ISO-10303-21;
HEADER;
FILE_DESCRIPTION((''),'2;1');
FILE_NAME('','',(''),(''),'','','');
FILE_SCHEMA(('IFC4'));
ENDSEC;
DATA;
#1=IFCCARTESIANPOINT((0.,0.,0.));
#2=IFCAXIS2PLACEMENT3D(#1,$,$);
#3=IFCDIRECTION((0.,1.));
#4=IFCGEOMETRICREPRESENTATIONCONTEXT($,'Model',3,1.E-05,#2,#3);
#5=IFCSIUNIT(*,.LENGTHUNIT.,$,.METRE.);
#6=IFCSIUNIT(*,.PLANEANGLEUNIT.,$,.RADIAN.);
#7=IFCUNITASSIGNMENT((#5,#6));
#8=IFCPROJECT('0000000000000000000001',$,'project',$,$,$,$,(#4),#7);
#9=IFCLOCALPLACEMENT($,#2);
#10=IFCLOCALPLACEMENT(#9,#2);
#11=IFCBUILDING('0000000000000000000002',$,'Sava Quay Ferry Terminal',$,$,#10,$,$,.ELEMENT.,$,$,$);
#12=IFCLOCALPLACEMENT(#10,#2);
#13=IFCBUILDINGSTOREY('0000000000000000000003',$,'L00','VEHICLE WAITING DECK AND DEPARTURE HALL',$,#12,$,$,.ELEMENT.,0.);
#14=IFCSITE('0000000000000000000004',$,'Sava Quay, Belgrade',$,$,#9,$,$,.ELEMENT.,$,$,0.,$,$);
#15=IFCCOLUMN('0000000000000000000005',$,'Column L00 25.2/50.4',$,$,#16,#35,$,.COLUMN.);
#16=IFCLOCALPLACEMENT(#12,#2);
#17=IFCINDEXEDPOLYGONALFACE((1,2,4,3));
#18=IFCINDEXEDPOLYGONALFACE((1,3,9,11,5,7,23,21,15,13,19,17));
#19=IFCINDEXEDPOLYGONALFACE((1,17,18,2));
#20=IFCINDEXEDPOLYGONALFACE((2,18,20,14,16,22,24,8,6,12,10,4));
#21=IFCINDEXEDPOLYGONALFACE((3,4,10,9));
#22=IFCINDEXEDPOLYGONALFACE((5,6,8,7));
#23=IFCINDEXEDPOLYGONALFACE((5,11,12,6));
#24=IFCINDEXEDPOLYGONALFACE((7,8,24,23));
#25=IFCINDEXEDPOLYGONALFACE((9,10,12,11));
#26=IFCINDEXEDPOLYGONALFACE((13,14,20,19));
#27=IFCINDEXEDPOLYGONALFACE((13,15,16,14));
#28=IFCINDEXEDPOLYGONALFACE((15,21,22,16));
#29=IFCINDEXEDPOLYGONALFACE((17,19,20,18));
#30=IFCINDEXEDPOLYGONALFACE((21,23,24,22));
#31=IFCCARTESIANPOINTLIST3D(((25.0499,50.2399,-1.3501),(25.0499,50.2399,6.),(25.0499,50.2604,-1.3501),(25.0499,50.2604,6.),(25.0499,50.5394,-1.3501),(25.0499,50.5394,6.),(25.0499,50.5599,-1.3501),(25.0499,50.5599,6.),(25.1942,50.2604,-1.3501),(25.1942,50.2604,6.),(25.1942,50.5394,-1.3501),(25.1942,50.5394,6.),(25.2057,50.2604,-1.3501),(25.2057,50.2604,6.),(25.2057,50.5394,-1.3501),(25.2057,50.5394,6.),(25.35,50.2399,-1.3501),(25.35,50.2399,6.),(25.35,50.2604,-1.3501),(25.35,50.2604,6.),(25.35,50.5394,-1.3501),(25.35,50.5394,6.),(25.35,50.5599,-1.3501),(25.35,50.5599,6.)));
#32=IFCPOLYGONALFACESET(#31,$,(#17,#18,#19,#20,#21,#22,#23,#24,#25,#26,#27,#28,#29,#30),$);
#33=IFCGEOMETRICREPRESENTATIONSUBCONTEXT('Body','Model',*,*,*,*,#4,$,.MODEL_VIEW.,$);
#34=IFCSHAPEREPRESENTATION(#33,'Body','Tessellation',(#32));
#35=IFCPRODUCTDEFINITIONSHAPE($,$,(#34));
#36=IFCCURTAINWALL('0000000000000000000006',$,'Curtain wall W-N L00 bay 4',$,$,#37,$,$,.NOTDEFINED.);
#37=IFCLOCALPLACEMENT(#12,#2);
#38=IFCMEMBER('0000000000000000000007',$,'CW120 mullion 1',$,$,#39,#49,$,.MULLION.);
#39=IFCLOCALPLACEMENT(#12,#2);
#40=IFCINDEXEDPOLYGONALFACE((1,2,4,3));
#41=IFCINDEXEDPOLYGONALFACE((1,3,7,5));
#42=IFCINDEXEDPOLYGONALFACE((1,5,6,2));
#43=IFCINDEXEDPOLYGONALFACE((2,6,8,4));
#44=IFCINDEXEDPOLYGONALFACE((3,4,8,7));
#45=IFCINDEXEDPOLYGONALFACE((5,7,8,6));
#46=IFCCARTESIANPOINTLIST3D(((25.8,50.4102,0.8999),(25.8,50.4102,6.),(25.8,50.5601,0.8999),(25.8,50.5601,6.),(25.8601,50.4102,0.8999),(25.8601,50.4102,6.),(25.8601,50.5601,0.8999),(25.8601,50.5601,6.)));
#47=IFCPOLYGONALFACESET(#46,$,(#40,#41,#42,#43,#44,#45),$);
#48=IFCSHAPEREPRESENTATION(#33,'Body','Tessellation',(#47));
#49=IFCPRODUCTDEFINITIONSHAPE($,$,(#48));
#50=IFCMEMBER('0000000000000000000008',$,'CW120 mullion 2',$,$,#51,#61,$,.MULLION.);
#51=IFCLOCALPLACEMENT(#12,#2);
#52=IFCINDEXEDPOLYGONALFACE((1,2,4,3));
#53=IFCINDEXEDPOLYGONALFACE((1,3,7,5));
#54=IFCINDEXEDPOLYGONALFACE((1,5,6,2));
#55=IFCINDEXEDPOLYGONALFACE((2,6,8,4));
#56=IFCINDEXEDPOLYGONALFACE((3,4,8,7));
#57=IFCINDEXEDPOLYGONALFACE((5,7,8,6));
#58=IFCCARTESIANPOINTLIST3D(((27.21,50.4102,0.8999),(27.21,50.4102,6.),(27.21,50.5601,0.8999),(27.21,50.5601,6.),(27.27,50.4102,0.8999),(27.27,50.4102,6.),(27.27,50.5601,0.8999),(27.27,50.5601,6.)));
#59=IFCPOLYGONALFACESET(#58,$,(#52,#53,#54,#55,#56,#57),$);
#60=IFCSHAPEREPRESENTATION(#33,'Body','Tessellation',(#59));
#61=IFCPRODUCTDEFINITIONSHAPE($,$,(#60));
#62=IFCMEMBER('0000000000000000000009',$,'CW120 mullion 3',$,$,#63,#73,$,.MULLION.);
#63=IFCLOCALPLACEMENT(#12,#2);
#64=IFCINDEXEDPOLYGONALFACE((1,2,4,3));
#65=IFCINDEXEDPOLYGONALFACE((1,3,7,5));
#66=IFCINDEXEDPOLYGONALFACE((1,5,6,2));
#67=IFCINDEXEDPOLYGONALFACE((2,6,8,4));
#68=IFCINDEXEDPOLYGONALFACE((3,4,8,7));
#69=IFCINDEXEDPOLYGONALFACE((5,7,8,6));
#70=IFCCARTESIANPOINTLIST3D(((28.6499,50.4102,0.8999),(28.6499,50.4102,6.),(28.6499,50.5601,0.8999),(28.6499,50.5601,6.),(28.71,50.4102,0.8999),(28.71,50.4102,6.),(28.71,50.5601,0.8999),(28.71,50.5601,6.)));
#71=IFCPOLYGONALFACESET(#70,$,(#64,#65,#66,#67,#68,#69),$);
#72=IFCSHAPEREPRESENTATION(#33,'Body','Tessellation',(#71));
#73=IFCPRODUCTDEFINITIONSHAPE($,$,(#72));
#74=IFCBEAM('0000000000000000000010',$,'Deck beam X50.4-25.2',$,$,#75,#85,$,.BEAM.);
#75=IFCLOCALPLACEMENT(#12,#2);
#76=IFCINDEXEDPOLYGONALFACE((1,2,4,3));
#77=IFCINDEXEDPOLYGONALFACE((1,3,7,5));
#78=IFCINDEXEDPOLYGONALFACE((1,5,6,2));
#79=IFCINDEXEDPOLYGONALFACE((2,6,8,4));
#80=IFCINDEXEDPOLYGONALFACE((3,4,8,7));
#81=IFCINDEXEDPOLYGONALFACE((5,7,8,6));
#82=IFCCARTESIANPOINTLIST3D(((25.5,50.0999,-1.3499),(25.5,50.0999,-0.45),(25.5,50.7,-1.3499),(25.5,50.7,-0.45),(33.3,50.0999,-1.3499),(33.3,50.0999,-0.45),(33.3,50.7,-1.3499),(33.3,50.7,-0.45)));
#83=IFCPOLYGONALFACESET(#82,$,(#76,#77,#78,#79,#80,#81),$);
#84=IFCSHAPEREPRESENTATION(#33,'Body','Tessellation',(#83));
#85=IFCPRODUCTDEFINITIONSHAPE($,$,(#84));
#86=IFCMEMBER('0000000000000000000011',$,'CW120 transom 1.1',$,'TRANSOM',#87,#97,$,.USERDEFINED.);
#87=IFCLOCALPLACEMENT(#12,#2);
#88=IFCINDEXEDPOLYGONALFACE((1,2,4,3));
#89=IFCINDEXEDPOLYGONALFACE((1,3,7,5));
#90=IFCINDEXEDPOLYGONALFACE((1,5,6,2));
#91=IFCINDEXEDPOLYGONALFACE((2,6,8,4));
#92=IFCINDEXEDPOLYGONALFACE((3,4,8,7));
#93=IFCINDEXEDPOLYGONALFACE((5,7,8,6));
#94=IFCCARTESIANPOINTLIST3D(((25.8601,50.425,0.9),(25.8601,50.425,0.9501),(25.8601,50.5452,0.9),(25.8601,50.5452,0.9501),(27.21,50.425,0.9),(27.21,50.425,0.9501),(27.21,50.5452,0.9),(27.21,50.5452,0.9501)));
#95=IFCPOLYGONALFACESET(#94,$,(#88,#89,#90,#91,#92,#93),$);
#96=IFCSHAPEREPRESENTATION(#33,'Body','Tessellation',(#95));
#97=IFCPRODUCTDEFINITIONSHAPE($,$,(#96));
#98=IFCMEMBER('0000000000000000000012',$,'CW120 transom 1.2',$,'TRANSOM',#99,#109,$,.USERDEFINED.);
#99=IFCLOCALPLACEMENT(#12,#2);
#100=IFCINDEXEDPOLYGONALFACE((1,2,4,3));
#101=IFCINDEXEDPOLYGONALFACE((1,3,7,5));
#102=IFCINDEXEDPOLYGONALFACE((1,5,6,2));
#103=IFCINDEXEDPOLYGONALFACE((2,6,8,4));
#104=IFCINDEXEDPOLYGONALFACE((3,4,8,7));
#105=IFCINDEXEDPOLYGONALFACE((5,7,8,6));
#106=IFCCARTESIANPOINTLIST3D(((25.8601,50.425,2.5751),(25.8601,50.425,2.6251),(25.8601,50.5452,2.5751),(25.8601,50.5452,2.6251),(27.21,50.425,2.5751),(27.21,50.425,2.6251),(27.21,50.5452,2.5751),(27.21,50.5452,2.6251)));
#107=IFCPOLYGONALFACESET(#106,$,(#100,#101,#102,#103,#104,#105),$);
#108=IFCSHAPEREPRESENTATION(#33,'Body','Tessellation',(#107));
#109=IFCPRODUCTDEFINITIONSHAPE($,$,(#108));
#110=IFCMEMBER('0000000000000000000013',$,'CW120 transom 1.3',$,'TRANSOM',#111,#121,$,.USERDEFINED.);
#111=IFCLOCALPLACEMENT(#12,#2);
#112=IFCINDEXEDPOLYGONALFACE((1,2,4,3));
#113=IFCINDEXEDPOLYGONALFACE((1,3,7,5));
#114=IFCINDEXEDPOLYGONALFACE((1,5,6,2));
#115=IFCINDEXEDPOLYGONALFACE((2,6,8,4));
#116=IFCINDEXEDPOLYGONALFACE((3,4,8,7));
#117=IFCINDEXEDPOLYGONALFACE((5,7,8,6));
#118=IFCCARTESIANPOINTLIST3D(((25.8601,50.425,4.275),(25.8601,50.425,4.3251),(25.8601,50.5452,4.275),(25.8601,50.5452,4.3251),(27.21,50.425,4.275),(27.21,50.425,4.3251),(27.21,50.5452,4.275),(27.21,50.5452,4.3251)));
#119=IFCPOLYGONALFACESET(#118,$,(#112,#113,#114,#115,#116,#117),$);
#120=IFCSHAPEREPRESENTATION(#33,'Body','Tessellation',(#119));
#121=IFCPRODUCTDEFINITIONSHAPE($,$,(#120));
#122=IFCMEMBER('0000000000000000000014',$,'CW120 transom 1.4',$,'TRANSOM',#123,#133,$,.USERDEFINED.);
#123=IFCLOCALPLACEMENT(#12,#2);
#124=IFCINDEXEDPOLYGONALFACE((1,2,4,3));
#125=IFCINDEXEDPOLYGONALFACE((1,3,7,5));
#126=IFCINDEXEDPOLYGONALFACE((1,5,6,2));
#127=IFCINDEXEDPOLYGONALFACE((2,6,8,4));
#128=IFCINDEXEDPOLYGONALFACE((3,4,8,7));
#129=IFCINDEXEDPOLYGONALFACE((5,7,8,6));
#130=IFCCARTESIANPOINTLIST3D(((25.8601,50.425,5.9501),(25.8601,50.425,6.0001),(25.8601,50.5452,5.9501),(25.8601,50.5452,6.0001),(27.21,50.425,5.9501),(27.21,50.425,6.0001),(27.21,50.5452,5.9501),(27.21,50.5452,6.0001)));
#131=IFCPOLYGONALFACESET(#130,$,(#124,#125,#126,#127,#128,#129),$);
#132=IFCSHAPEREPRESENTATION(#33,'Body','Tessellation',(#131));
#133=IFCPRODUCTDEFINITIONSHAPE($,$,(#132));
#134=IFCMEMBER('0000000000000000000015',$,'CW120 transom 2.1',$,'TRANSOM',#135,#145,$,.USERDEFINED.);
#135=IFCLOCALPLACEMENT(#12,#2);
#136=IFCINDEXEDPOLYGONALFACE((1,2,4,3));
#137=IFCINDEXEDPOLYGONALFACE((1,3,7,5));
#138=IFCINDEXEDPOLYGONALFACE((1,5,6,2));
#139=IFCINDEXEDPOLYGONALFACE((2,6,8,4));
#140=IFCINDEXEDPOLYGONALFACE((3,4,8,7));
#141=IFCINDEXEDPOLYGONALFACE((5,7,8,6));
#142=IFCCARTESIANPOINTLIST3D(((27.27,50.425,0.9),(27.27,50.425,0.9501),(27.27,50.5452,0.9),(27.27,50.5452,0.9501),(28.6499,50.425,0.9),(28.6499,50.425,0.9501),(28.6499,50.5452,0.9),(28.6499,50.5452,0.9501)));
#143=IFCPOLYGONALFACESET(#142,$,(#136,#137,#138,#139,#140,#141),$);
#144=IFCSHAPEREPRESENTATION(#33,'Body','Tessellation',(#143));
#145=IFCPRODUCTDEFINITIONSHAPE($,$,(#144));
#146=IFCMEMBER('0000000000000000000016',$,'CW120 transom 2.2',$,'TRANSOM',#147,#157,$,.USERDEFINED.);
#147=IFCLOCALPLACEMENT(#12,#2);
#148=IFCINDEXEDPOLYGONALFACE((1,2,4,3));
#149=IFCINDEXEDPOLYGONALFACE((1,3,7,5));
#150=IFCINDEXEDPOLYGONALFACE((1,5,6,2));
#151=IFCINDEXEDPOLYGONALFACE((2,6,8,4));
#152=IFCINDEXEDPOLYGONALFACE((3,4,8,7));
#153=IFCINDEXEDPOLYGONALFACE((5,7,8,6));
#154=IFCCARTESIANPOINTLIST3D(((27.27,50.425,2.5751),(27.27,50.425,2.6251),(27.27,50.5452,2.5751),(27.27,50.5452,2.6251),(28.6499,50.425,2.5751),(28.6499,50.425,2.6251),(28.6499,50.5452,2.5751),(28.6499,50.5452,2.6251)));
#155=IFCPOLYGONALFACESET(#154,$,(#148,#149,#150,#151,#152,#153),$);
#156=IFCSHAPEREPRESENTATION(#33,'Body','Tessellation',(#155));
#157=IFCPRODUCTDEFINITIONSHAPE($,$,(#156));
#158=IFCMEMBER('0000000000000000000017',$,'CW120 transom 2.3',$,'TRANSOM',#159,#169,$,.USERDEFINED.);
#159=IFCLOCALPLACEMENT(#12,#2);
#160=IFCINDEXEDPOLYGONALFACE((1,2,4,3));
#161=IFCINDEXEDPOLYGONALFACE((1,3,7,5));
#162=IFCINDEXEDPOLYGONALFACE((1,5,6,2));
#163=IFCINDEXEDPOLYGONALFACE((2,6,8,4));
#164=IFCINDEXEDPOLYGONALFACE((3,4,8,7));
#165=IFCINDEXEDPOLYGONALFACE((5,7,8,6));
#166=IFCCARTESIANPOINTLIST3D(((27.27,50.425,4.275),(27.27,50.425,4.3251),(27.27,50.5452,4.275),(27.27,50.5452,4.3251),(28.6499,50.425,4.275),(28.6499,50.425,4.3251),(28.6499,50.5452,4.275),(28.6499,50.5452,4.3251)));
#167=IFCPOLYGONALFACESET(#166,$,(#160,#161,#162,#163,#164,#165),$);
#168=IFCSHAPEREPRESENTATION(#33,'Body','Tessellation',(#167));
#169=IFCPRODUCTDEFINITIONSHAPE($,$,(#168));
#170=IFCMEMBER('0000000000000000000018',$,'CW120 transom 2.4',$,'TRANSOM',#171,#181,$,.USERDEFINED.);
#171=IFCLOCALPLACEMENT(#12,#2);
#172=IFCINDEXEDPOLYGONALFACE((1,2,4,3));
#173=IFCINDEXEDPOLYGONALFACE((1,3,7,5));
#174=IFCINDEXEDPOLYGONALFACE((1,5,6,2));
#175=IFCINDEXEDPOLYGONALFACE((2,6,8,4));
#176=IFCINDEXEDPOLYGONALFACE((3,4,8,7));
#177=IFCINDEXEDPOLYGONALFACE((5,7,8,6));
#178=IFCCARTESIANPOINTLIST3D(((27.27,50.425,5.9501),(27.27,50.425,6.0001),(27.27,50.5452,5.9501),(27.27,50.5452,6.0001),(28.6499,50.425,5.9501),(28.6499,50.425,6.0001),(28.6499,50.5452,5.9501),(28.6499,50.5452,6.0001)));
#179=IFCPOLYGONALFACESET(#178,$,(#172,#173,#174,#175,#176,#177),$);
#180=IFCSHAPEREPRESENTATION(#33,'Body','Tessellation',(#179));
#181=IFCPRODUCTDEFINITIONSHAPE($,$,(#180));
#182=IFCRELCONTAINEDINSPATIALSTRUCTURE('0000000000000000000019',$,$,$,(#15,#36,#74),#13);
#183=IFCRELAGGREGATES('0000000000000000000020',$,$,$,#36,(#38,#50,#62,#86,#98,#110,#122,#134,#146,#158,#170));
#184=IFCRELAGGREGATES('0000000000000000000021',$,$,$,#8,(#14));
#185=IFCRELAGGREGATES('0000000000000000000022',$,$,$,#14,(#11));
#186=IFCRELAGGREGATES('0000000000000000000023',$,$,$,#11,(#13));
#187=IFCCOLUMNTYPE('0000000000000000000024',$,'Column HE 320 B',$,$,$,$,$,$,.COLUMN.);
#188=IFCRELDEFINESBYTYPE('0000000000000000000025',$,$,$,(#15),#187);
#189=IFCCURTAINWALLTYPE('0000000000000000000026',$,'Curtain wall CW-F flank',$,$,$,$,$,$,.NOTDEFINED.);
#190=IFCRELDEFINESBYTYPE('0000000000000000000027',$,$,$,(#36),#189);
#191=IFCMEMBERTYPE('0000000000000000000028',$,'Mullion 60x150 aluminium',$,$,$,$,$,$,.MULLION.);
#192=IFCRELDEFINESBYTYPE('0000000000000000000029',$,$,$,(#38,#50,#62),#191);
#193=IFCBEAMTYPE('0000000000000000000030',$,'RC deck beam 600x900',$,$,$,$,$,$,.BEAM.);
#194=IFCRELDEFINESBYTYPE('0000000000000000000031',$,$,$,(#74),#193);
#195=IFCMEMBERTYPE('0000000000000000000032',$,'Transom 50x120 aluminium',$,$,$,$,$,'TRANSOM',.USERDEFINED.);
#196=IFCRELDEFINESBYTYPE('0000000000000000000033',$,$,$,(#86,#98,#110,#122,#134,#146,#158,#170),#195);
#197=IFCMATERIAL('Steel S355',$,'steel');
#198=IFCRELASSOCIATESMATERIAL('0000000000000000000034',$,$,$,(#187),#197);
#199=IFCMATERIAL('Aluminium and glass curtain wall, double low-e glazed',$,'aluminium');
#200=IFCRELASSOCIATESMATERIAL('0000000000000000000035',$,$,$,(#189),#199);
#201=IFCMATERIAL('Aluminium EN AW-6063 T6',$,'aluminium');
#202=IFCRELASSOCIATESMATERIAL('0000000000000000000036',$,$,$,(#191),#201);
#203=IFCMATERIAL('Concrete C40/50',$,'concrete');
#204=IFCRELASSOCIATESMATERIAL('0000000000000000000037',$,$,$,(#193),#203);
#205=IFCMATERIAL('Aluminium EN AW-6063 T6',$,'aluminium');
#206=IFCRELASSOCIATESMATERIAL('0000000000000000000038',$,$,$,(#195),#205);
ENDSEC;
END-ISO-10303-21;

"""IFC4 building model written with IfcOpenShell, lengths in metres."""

from ifc_helpers import new_model, si_unit, direction, frame, origin, origin_2d, place, context, subcontext, project, spatial, rectangle, i_section, extrude, material, material_profile, profile_set, type_object, element, aggregate, save


model = new_model("IFC4")

# Units and contexts
model_context = context("Model", 3, precision=1e-05, world=origin(), true_north=direction((0.0, 1.0)))
body_context = subcontext(model_context, "Body", "Model", "MODEL_VIEW")
ifc_project = project(units=[si_unit("LENGTHUNIT", "METRE"), si_unit("PLANEANGLEUNIT", "RADIAN")], contexts=[model_context])

# Site, building, storey
site_placement = place(None, origin())
site = spatial("IfcSite", under=ifc_project, at=site_placement, Name="Sava Quay, Belgrade", CompositionType="ELEMENT", RefElevation=0.0)
building_placement = place(site_placement, origin())
building = spatial("IfcBuilding", under=site, at=building_placement, Name="Sava Quay Ferry Terminal", CompositionType="ELEMENT")
storey_placement = place(building_placement, origin())
storey = spatial("IfcBuildingStorey", under=building, at=storey_placement, Name="L00", Description="VEHICLE WAITING DECK AND DEPARTURE HALL", CompositionType="ELEMENT", Elevation=0.0)

# Column
ifc_material_1 = material(Name="Steel S355", Category="steel")
ifc_material_profile_1 = material_profile(ifc_material_1, i_section(OverallWidth=0.3, OverallDepth=0.3201, WebThickness=0.0115, FlangeThickness=0.0205, at=origin_2d()), Name="HE 320 B")
ifc_profile_set_1 = profile_set([ifc_material_profile_1], Name="Steel S355")
column_type = type_object("IfcColumnType", Name="Column HE 320 B", PredefinedType="COLUMN", material=ifc_profile_set_1)
column_placement = place(storey_placement, frame((25.2, 50.3999, -1.3501), z_axis=(0.0, 0.0, 1.0), x_axis=(1.0, 0.0, 0.0)))
element("IfcColumn", 1, at=column_placement, inside=storey, type_object=column_type, Name="Column L00 25.2/50.4", PredefinedType="COLUMN", context=body_context, shape_type="SweptSolid", body=[
    extrude(i_section(OverallWidth=0.3, OverallDepth=0.3201, WebThickness=0.0115, FlangeThickness=0.0205, at=origin_2d()), origin(), (0.0, 0.0, 1.0), 7.3501),
])

# Curtain wall, members
ifc_material_2 = material(Name="Aluminium and glass curtain wall, double low-e glazed", Category="aluminium")
curtain_wall_type = type_object("IfcCurtainWallType", Name="Curtain wall CW-F flank", PredefinedType="NOTDEFINED", material=ifc_material_2)
curtain_wall_placement = place(storey_placement, origin())
curtain_wall = element("IfcCurtainWall", 2, at=curtain_wall_placement, inside=storey, type_object=curtain_wall_type, Name="Curtain wall W-N L00 bay 4", PredefinedType="NOTDEFINED")
ifc_material_3 = material(Name="Aluminium EN AW-6063 T6", Category="aluminium")
ifc_material_profile_2 = material_profile(ifc_material_3, rectangle(XDim=0.1499, YDim=0.0601, at=origin_2d()), Name="Mullion 60x150 aluminium")
ifc_profile_set_2 = profile_set([ifc_material_profile_2], Name="Aluminium EN AW-6063 T6")
member_type_1 = type_object("IfcMemberType", Name="Mullion 60x150 aluminium", PredefinedType="MULLION", material=ifc_profile_set_2)
member_1_placement = place(storey_placement, frame((25.8301, 50.4851, 0.8999), z_axis=(0.0, 0.0, 1.0), x_axis=(0.0, 1.0, 0.0)))
member_1 = element("IfcMember", 3, at=member_1_placement, type_object=member_type_1, Name="CW120 mullion 1", PredefinedType="MULLION", context=body_context, shape_type="SweptSolid", body=[
    extrude(rectangle(XDim=0.1499, YDim=0.0601, at=origin_2d()), origin(), (0.0, 0.0, 1.0), 5.1001),
])
member_2_placement = place(storey_placement, frame((27.24, 50.4851, 0.8999), z_axis=(0.0, 0.0, 1.0), x_axis=(0.0, 1.0, 0.0)))
member_2 = element("IfcMember", 4, at=member_2_placement, type_object=member_type_1, Name="CW120 mullion 2", PredefinedType="MULLION", context=body_context, shape_type="SweptSolid", body=[
    extrude(rectangle(XDim=0.1499, YDim=0.0601, at=origin_2d()), origin(), (0.0, 0.0, 1.0), 5.1001),
])
member_3_placement = place(storey_placement, frame((28.6799, 50.4851, 0.8999), z_axis=(0.0, 0.0, 1.0), x_axis=(0.0, 1.0, 0.0)))
member_3 = element("IfcMember", 5, at=member_3_placement, type_object=member_type_1, Name="CW120 mullion 3", PredefinedType="MULLION", context=body_context, shape_type="SweptSolid", body=[
    extrude(rectangle(XDim=0.1499, YDim=0.0601, at=origin_2d()), origin(), (0.0, 0.0, 1.0), 5.1001),
])

# Beam
ifc_material_4 = material(Name="Concrete C40/50", Category="concrete")
ifc_material_profile_3 = material_profile(ifc_material_4, rectangle(XDim=0.6001, YDim=0.8999, at=origin_2d()), Name="RC 600x900")
ifc_profile_set_3 = profile_set([ifc_material_profile_3], Name="Concrete C40/50")
beam_type = type_object("IfcBeamType", Name="RC deck beam 600x900", PredefinedType="BEAM", material=ifc_profile_set_3)
beam_placement = place(storey_placement, frame((25.5, 50.3999, -0.8999), z_axis=(1.0, 0.0, 0.0), x_axis=(0.0, 1.0, 0.0)))
element("IfcBeam", 6, at=beam_placement, inside=storey, type_object=beam_type, Name="Deck beam X50.4-25.2", PredefinedType="BEAM", context=body_context, shape_type="SweptSolid", body=[
    extrude(rectangle(XDim=0.6001, YDim=0.8999, at=origin_2d()), origin(), (0.0, 0.0, 1.0), 7.8),
])

# Members
ifc_material_5 = material(Name="Aluminium EN AW-6063 T6", Category="aluminium")
ifc_material_profile_4 = material_profile(ifc_material_5, rectangle(XDim=0.1201, YDim=0.05, at=origin_2d()), Name="Transom 50x120 aluminium")
ifc_profile_set_4 = profile_set([ifc_material_profile_4], Name="Aluminium EN AW-6063 T6")
member_type_2 = type_object("IfcMemberType", Name="Transom 50x120 aluminium", ElementType="TRANSOM", PredefinedType="USERDEFINED", material=ifc_profile_set_4)
member_4_placement = place(storey_placement, frame((25.8601, 50.4851, 0.925), z_axis=(1.0, 0.0, 0.0), x_axis=(0.0, 1.0, 0.0)))
member_4 = element("IfcMember", 7, at=member_4_placement, type_object=member_type_2, Name="CW120 transom 1.1", ObjectType="TRANSOM", PredefinedType="USERDEFINED", context=body_context, shape_type="SweptSolid", body=[
    extrude(rectangle(XDim=0.1201, YDim=0.05, at=origin_2d()), origin(), (0.0, 0.0, 1.0), 1.3499),
])
member_5_placement = place(storey_placement, frame((25.8601, 50.4851, 2.6001), z_axis=(1.0, 0.0, 0.0), x_axis=(0.0, 1.0, 0.0)))
member_5 = element("IfcMember", 8, at=member_5_placement, type_object=member_type_2, Name="CW120 transom 1.2", ObjectType="TRANSOM", PredefinedType="USERDEFINED", context=body_context, shape_type="SweptSolid", body=[
    extrude(rectangle(XDim=0.1201, YDim=0.05, at=origin_2d()), origin(), (0.0, 0.0, 1.0), 1.3499),
])
member_6_placement = place(storey_placement, frame((25.8601, 50.4851, 4.3), z_axis=(1.0, 0.0, 0.0), x_axis=(0.0, 1.0, 0.0)))
member_6 = element("IfcMember", 9, at=member_6_placement, type_object=member_type_2, Name="CW120 transom 1.3", ObjectType="TRANSOM", PredefinedType="USERDEFINED", context=body_context, shape_type="SweptSolid", body=[
    extrude(rectangle(XDim=0.1201, YDim=0.05, at=origin_2d()), origin(), (0.0, 0.0, 1.0), 1.3499),
])
member_7_placement = place(storey_placement, frame((25.8601, 50.4851, 5.9751), z_axis=(1.0, 0.0, 0.0), x_axis=(0.0, 1.0, 0.0)))
member_7 = element("IfcMember", 10, at=member_7_placement, type_object=member_type_2, Name="CW120 transom 1.4", ObjectType="TRANSOM", PredefinedType="USERDEFINED", context=body_context, shape_type="SweptSolid", body=[
    extrude(rectangle(XDim=0.1201, YDim=0.05, at=origin_2d()), origin(), (0.0, 0.0, 1.0), 1.3499),
])
member_8_placement = place(storey_placement, frame((27.27, 50.4851, 0.925), z_axis=(1.0, 0.0, 0.0), x_axis=(0.0, 1.0, 0.0)))
member_8 = element("IfcMember", 11, at=member_8_placement, type_object=member_type_2, Name="CW120 transom 2.1", ObjectType="TRANSOM", PredefinedType="USERDEFINED", context=body_context, shape_type="SweptSolid", body=[
    extrude(rectangle(XDim=0.1201, YDim=0.05, at=origin_2d()), origin(), (0.0, 0.0, 1.0), 1.3799),
])
member_9_placement = place(storey_placement, frame((27.27, 50.4851, 2.6001), z_axis=(1.0, 0.0, 0.0), x_axis=(0.0, 1.0, 0.0)))
member_9 = element("IfcMember", 12, at=member_9_placement, type_object=member_type_2, Name="CW120 transom 2.2", ObjectType="TRANSOM", PredefinedType="USERDEFINED", context=body_context, shape_type="SweptSolid", body=[
    extrude(rectangle(XDim=0.1201, YDim=0.05, at=origin_2d()), origin(), (0.0, 0.0, 1.0), 1.3799),
])
member_10_placement = place(storey_placement, frame((27.27, 50.4851, 4.3), z_axis=(1.0, 0.0, 0.0), x_axis=(0.0, 1.0, 0.0)))
member_10 = element("IfcMember", 13, at=member_10_placement, type_object=member_type_2, Name="CW120 transom 2.3", ObjectType="TRANSOM", PredefinedType="USERDEFINED", context=body_context, shape_type="SweptSolid", body=[
    extrude(rectangle(XDim=0.1201, YDim=0.05, at=origin_2d()), origin(), (0.0, 0.0, 1.0), 1.3799),
])
member_11_placement = place(storey_placement, frame((27.27, 50.4851, 5.9751), z_axis=(1.0, 0.0, 0.0), x_axis=(0.0, 1.0, 0.0)))
member_11 = element("IfcMember", 14, at=member_11_placement, type_object=member_type_2, Name="CW120 transom 2.4", ObjectType="TRANSOM", PredefinedType="USERDEFINED", context=body_context, shape_type="SweptSolid", body=[
    extrude(rectangle(XDim=0.1201, YDim=0.05, at=origin_2d()), origin(), (0.0, 0.0, 1.0), 1.3799),
])

aggregate(curtain_wall, [member_1, member_2, member_3, member_4, member_5, member_6, member_7, member_8, member_9, member_10, member_11])

save(model, "model.ifc")
